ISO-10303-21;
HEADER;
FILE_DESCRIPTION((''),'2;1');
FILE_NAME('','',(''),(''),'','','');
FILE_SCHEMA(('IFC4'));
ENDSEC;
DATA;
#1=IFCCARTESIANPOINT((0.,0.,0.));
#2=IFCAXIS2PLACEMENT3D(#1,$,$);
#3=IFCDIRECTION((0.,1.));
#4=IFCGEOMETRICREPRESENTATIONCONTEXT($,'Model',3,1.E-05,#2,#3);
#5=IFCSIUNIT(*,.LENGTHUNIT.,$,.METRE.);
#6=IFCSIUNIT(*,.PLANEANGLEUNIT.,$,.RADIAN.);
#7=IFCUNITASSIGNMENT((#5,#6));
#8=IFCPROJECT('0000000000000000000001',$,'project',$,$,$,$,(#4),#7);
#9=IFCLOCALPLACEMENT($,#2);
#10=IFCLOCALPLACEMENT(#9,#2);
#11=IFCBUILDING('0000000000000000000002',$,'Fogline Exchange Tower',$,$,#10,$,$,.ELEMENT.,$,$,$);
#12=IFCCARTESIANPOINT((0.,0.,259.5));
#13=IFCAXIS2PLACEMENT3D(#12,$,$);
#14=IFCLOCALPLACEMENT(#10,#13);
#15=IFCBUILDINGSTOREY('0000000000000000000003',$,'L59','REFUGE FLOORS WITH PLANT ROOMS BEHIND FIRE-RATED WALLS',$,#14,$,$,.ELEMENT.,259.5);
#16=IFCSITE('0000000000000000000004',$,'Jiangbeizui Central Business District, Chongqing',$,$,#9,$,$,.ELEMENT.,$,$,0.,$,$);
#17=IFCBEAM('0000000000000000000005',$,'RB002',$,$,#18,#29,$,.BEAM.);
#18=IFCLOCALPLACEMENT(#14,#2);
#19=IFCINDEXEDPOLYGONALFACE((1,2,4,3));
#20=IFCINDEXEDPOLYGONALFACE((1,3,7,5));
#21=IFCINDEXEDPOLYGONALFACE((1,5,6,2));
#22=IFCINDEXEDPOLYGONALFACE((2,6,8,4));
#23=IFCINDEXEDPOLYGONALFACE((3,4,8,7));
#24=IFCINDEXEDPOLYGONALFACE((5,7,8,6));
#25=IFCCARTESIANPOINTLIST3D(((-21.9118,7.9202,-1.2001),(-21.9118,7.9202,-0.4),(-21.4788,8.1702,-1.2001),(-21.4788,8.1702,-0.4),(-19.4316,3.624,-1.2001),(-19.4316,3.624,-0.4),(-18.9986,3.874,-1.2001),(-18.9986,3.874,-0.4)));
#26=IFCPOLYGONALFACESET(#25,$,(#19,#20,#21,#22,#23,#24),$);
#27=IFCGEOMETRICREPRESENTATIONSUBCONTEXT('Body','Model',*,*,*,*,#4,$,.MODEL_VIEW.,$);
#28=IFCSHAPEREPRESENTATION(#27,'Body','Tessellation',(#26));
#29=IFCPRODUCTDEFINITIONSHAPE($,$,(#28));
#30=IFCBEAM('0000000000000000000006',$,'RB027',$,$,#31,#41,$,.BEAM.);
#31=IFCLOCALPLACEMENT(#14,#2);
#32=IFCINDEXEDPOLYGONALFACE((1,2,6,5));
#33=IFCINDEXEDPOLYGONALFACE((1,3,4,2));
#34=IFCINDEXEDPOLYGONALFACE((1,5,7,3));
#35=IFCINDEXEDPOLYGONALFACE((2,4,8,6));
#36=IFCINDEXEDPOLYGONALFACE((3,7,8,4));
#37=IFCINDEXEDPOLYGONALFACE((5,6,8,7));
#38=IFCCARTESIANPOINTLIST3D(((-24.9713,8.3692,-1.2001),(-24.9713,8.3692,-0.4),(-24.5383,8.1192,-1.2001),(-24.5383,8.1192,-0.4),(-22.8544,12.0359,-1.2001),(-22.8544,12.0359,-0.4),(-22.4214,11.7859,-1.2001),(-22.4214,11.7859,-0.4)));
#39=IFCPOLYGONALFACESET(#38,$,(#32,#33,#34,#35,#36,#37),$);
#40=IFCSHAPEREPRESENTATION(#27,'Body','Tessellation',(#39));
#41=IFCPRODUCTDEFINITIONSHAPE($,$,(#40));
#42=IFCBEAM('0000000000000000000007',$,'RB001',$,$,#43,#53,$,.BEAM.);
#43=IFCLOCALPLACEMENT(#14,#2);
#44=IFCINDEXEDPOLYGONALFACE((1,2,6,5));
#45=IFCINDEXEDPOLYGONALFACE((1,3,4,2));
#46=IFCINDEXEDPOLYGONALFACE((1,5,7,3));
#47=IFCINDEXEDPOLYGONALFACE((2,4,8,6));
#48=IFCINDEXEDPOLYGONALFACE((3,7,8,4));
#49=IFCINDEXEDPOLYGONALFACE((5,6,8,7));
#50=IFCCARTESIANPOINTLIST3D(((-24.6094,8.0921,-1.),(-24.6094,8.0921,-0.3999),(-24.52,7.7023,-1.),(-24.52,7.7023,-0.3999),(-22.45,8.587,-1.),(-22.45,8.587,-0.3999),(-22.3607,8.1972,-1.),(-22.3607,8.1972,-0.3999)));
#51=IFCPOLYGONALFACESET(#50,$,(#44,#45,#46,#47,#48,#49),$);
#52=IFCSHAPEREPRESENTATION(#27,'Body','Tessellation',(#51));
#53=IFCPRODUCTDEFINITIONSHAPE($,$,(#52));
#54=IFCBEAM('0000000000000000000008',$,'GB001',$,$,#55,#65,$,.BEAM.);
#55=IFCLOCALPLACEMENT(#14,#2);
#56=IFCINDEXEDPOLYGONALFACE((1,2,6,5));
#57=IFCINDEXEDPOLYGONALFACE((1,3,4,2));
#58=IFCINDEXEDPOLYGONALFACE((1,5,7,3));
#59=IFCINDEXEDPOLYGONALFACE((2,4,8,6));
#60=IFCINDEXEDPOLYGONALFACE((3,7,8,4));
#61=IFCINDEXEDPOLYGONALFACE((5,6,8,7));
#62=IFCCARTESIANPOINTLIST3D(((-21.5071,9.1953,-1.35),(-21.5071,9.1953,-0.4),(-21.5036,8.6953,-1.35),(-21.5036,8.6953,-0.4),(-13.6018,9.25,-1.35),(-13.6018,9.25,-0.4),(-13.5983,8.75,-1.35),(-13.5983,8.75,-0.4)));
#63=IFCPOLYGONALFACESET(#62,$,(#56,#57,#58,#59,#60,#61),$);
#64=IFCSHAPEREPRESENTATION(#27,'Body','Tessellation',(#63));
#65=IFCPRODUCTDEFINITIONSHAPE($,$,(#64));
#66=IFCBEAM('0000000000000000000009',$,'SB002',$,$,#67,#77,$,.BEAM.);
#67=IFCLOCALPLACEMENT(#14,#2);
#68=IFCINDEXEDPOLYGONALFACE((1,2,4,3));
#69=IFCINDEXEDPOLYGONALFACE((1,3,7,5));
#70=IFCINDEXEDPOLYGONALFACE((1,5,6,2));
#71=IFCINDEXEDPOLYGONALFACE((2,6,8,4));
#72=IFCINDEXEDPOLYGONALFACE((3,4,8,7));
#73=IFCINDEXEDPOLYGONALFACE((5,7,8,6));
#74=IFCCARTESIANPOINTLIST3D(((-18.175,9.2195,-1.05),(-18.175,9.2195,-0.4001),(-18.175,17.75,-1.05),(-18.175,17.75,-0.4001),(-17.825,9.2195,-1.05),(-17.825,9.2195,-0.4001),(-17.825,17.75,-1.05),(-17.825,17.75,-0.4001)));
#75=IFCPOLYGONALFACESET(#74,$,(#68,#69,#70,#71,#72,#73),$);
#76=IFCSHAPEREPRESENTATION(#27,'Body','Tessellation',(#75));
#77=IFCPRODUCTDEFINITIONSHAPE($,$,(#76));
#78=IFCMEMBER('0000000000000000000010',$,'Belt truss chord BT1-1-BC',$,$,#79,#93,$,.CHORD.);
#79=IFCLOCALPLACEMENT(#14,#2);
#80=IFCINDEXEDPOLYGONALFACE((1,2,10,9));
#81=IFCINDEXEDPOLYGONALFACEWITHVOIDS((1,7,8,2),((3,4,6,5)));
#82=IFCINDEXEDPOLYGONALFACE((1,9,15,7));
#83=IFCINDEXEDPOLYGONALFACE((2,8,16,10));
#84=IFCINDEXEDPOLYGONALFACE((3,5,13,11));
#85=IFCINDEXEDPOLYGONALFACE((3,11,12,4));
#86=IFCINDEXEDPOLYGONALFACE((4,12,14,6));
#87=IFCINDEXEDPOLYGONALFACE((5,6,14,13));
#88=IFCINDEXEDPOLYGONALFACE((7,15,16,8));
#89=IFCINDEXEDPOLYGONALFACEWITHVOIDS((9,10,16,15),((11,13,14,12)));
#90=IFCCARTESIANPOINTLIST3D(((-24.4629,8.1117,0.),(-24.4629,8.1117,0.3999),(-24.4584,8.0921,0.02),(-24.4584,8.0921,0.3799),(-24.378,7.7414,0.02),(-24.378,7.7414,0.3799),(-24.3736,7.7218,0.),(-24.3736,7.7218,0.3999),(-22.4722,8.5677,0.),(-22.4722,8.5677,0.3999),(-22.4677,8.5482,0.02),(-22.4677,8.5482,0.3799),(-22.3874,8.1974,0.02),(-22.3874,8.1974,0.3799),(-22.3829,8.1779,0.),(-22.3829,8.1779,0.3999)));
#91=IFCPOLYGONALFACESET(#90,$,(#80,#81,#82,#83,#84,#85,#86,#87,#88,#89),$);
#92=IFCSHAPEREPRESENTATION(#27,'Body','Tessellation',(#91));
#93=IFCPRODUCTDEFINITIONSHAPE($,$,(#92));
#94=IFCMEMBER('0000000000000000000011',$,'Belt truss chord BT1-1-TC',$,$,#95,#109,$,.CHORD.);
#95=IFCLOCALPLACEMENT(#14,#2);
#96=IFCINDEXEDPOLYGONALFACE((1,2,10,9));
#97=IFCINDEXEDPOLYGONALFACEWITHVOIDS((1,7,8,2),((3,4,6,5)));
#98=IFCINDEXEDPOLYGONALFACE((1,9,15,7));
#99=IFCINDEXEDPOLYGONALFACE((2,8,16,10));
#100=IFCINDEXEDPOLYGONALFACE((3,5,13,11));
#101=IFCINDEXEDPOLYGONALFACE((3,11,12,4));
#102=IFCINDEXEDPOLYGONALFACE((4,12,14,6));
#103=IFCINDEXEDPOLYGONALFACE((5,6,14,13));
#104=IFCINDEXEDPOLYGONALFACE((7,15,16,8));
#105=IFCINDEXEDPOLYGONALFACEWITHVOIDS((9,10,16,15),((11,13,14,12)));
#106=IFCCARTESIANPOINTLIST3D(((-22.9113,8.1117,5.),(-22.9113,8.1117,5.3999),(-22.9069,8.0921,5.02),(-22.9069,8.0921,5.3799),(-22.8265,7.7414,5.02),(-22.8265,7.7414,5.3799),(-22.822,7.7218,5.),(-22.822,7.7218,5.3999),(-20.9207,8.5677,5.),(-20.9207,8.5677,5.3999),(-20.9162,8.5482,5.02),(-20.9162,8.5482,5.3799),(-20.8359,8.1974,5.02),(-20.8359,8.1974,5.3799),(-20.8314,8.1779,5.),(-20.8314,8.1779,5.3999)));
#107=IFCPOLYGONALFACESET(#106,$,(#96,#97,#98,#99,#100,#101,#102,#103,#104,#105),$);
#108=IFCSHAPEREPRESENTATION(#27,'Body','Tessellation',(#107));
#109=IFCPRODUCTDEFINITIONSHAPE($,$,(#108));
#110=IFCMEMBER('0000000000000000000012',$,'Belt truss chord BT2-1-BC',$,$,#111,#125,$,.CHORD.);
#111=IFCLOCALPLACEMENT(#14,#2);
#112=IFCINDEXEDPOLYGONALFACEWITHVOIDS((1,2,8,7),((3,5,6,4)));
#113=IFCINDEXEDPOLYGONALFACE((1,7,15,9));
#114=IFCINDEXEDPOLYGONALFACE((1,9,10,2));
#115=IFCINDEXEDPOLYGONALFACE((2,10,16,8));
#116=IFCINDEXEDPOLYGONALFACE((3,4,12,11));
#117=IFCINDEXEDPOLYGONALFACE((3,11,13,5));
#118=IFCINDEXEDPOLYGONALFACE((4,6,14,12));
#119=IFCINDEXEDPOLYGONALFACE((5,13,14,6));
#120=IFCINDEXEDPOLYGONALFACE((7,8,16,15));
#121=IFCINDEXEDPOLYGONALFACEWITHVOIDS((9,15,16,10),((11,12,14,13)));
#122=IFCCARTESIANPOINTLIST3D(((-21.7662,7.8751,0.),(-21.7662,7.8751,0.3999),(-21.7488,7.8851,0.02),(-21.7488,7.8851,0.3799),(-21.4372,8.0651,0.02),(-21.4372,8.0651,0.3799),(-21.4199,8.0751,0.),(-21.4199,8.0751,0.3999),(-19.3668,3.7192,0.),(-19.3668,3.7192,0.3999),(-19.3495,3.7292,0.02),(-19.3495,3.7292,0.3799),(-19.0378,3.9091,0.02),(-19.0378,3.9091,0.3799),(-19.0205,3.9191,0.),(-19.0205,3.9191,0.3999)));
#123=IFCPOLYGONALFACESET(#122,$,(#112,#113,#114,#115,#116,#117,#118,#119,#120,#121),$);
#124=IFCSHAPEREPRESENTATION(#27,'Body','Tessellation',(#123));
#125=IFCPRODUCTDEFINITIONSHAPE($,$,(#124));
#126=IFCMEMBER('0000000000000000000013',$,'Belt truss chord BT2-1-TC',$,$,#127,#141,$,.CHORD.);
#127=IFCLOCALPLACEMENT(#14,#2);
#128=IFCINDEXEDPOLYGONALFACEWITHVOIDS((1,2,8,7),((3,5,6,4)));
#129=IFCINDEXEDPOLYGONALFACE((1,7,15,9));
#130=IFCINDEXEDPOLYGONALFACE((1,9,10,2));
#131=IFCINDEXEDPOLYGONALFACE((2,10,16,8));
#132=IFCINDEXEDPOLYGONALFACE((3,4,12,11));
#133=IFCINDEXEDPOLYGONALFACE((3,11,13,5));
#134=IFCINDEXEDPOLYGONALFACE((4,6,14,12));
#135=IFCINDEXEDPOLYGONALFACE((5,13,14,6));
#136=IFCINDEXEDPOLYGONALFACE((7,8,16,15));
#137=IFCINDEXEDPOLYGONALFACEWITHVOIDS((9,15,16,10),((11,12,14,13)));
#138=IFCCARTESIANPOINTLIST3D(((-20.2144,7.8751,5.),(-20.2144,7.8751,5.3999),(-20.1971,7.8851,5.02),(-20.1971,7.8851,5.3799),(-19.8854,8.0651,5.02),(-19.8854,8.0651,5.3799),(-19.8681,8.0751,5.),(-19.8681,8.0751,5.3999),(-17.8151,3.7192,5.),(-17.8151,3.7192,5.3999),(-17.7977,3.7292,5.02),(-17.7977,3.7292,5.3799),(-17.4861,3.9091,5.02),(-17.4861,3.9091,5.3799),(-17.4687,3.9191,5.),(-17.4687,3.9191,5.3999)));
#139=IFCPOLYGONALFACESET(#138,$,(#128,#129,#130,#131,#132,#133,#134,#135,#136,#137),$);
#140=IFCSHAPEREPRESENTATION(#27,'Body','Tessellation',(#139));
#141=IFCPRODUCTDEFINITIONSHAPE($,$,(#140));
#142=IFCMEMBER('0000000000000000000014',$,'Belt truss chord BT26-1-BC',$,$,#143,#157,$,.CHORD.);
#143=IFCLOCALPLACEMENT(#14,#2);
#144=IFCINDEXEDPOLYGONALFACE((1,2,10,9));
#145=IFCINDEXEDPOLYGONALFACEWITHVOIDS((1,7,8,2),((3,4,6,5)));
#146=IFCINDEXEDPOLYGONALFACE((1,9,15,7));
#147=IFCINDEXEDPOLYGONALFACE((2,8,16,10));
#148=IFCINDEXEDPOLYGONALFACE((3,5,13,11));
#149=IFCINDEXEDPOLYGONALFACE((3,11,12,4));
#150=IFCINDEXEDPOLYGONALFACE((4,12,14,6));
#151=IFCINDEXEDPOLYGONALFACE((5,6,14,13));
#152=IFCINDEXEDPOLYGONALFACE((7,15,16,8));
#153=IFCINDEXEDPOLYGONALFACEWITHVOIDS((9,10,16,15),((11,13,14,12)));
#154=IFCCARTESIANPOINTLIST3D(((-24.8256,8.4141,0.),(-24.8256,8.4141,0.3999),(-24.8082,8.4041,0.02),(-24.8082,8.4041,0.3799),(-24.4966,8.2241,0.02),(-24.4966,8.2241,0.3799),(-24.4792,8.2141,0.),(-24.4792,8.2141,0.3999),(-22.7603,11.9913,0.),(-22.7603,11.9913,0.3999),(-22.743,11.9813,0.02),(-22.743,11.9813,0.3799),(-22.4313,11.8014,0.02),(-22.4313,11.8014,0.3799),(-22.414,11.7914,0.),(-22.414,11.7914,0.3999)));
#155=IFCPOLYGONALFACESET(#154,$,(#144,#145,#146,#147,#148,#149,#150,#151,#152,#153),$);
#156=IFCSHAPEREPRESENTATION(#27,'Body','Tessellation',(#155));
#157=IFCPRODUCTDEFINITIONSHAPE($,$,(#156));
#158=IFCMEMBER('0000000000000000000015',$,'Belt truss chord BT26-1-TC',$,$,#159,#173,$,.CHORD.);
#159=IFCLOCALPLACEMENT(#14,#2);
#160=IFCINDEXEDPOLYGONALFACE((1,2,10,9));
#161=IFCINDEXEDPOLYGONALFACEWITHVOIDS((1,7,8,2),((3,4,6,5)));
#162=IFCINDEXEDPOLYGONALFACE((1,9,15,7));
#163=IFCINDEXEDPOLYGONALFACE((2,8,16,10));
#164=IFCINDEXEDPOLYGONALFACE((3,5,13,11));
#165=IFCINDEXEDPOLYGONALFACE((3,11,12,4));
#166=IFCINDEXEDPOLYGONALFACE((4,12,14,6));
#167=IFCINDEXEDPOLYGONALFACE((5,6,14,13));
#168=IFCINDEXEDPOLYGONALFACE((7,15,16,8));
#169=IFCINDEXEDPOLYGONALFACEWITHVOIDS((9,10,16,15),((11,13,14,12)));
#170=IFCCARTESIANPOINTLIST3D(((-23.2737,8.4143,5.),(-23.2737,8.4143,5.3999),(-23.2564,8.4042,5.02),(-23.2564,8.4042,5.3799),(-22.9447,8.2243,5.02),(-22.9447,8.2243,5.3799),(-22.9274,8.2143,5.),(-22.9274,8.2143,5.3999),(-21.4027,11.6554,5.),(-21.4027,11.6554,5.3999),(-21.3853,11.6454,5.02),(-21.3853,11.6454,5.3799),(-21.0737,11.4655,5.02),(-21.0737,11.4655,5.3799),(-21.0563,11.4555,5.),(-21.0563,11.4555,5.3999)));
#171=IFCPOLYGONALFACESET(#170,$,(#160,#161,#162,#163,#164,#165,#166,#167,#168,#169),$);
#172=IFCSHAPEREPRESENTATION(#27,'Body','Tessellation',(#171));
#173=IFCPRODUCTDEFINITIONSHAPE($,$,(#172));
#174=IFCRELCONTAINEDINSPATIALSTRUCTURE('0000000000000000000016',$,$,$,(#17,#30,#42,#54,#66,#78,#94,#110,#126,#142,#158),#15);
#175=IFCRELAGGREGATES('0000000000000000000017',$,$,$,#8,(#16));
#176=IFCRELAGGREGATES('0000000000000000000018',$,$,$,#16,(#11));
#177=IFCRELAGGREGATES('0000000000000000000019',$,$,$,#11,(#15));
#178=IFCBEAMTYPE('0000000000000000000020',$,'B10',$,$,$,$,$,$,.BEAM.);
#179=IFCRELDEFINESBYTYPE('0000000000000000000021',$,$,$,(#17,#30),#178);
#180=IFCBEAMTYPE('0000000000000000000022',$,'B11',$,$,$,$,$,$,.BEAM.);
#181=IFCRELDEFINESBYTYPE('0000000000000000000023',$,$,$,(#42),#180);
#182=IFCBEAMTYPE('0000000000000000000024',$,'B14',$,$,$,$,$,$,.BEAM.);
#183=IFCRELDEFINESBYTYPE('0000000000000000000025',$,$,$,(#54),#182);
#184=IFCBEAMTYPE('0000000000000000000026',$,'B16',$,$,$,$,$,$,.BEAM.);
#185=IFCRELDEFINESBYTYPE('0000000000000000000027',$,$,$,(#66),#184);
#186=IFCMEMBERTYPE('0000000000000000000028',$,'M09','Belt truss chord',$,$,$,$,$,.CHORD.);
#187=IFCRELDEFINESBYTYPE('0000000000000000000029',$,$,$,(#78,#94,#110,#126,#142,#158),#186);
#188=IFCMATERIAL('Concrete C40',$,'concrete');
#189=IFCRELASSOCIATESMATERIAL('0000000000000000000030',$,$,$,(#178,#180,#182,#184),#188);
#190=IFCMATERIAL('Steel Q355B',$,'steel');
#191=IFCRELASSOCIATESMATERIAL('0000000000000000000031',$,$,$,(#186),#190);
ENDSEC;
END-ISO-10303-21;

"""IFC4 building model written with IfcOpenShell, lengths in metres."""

from ifc_helpers import new_model, si_unit, direction, frame, origin, origin_2d, place, context, subcontext, project, spatial, rectangle, hollow_rectangle, extrude, material, material_profile, profile_set, type_object, element, save


model = new_model("IFC4")

# Units and contexts
model_context = context("Model", 3, precision=1e-05, world=origin(), true_north=direction((0.0, 1.0)))
body_context = subcontext(model_context, "Body", "Model", "MODEL_VIEW")
ifc_project = project(units=[si_unit("LENGTHUNIT", "METRE"), si_unit("PLANEANGLEUNIT", "RADIAN")], contexts=[model_context])

# Site, building, storey
site_placement = place(None, origin())
site = spatial("IfcSite", under=ifc_project, at=site_placement, Name="Jiangbeizui Central Business District, Chongqing", CompositionType="ELEMENT", RefElevation=0.0)
building_placement = place(site_placement, origin())
building = spatial("IfcBuilding", under=site, at=building_placement, Name="Fogline Exchange Tower", CompositionType="ELEMENT")
storey_placement = place(building_placement, frame((0.0, 0.0, 259.5)))
storey = spatial("IfcBuildingStorey", under=building, at=storey_placement, Name="L59", Description="REFUGE FLOORS WITH PLANT ROOMS BEHIND FIRE-RATED WALLS", CompositionType="ELEMENT", Elevation=259.5)

# Beams
ifc_material_1 = material(Name="Concrete C40", Category="concrete")
ifc_material_profile_1 = material_profile(ifc_material_1, rectangle(XDim=0.5, YDim=0.8, at=origin_2d()), Name="RC 500x800")
ifc_profile_set_1 = profile_set([ifc_material_profile_1], Name="Concrete C40")
beam_type_1 = type_object("IfcBeamType", Name="B10", PredefinedType="BEAM", material=ifc_profile_set_1)
beam_1_placement = place(storey_placement, frame((-21.6953, 8.0452, -0.8), z_axis=(0.499977, -0.866039, 0.0), x_axis=(0.866039, 0.499977, 0.0)))
element("IfcBeam", 1, at=beam_1_placement, inside=storey, type_object=beam_type_1, Name="RB002", PredefinedType="BEAM", context=body_context, shape_type="SweptSolid", body=[
    extrude(rectangle(XDim=0.5, YDim=0.8, at=origin_2d()), origin(), (0.0, 0.0, 1.0), 4.9607),
])
beam_2_placement = place(storey_placement, frame((-22.6379, 11.9109, -0.8), z_axis=(-0.49999, -0.866031, 0.0), x_axis=(0.866031, -0.49999, 0.0)))
element("IfcBeam", 2, at=beam_2_placement, inside=storey, type_object=beam_type_1, Name="RB027", PredefinedType="BEAM", context=body_context, shape_type="SweptSolid", body=[
    extrude(rectangle(XDim=0.5, YDim=0.8, at=origin_2d()), origin(), (0.0, 0.0, 1.0), 4.2339),
])
ifc_material_profile_2 = material_profile(ifc_material_1, rectangle(XDim=0.3999, YDim=0.6001, at=origin_2d()), Name="RC 400x600")
ifc_profile_set_2 = profile_set([ifc_material_profile_2], Name="Concrete C40")
beam_type_2 = type_object("IfcBeamType", Name="B11", PredefinedType="BEAM", material=ifc_profile_set_2)
beam_3_placement = place(storey_placement, frame((-24.5647, 7.8972, -0.7), z_axis=(0.974732, 0.223378, 0.0), x_axis=(-0.223378, 0.974732, 0.0)))
element("IfcBeam", 3, at=beam_3_placement, inside=storey, type_object=beam_type_2, Name="RB001", PredefinedType="BEAM", context=body_context, shape_type="SweptSolid", body=[
    extrude(rectangle(XDim=0.3999, YDim=0.6001, at=origin_2d()), origin(), (0.0, 0.0, 1.0), 2.2153),
])
ifc_material_profile_3 = material_profile(ifc_material_1, rectangle(XDim=0.5, YDim=0.95, at=origin_2d()), Name="RC 500x950")
ifc_profile_set_3 = profile_set([ifc_material_profile_3], Name="Concrete C40")
beam_type_3 = type_object("IfcBeamType", Name="B14", PredefinedType="BEAM", material=ifc_profile_set_3)
beam_4_placement = place(storey_placement, frame((-21.5054, 8.9453, -0.875), z_axis=(0.999976, 0.006918, 0.0), x_axis=(-0.006918, 0.999976, 0.0)))
element("IfcBeam", 4, at=beam_4_placement, inside=storey, type_object=beam_type_3, Name="GB001", PredefinedType="BEAM", context=body_context, shape_type="SweptSolid", body=[
    extrude(rectangle(XDim=0.5, YDim=0.95, at=origin_2d()), origin(), (0.0, 0.0, 1.0), 7.9055),
])
ifc_material_profile_4 = material_profile(ifc_material_1, rectangle(XDim=0.3501, YDim=0.6499, at=origin_2d()), Name="RC 350x650")
ifc_profile_set_4 = profile_set([ifc_material_profile_4], Name="Concrete C40")
beam_type_4 = type_object("IfcBeamType", Name="B16", PredefinedType="BEAM", material=ifc_profile_set_4)
beam_5_placement = place(storey_placement, frame((-18.0, 9.2195, -0.7251), z_axis=(0.0, 1.0, 0.0), x_axis=(-1.0, 0.0, 0.0)))
element("IfcBeam", 5, at=beam_5_placement, inside=storey, type_object=beam_type_4, Name="SB002", PredefinedType="BEAM", context=body_context, shape_type="SweptSolid", body=[
    extrude(rectangle(XDim=0.3501, YDim=0.6499, at=origin_2d()), origin(), (0.0, 0.0, 1.0), 8.5305),
])

# Members
ifc_material_2 = material(Name="Steel Q355B", Category="steel")
ifc_material_profile_5 = material_profile(ifc_material_2, hollow_rectangle(XDim=0.3999, YDim=0.3999, WallThickness=0.02, at=origin_2d()), Name="BOX400X400X20")
ifc_profile_set_5 = profile_set([ifc_material_profile_5], Name="Steel Q355B")
member_type_1 = type_object("IfcMemberType", Name="M09", Description="Belt truss chord", PredefinedType="CHORD", material=ifc_profile_set_5)
for number, where, z_axis, x_axis, name in (
    (6, (-24.4182, 7.9167, 0.2), (0.974749, 0.223305, 0.0), (-0.223305, 0.974749, 0.0), "Belt truss chord BT1-1-BC"),
    (7, (-22.8667, 7.9167, 5.2), (0.974749, 0.223305, 0.0), (-0.223305, 0.974749, 0.0), "Belt truss chord BT1-1-TC"),
):
    element("IfcMember", number, at=place(storey_placement, frame(where, z_axis=z_axis, x_axis=x_axis)), inside=storey, type_object=member_type_1, Name=name, PredefinedType="CHORD", context=body_context, shape_type="SweptSolid", body=[
        extrude(hollow_rectangle(XDim=0.3999, YDim=0.3999, WallThickness=0.02, at=origin_2d()), origin(), (0.0, 0.0, 1.0), 2.0422),
    ])
for number, where, z_axis, x_axis, name in (
    (8, (-21.593, 7.9751, 0.2), (0.499991, -0.866031, 0.0), (0.866031, 0.499991, 0.0), "Belt truss chord BT2-1-BC"),
    (9, (-20.0413, 7.9751, 5.2), (0.499991, -0.866031, 0.0), (0.866031, 0.499991, 0.0), "Belt truss chord BT2-1-TC"),
):
    element("IfcMember", number, at=place(storey_placement, frame(where, z_axis=z_axis, x_axis=x_axis)), inside=storey, type_object=member_type_1, Name=name, PredefinedType="CHORD", context=body_context, shape_type="SweptSolid", body=[
        extrude(hollow_rectangle(XDim=0.3999, YDim=0.3999, WallThickness=0.02, at=origin_2d()), origin(), (0.0, 0.0, 1.0), 4.7988),
    ])
member_1_placement = place(storey_placement, frame((-22.5872, 11.8914, 0.2), z_axis=(-0.499985, -0.866034, 0.0), x_axis=(0.866034, -0.499985, 0.0)))
element("IfcMember", 10, at=member_1_placement, inside=storey, type_object=member_type_1, Name="Belt truss chord BT26-1-BC", PredefinedType="CHORD", context=body_context, shape_type="SweptSolid", body=[
    extrude(hollow_rectangle(XDim=0.3999, YDim=0.3999, WallThickness=0.02, at=origin_2d()), origin(), (0.0, 0.0, 1.0), 4.1306),
])
member_2_placement = place(storey_placement, frame((-21.2295, 11.5554, 5.2), z_axis=(-0.499956, -0.866051, 0.0), x_axis=(0.866051, -0.499956, 0.0)))
element("IfcMember", 11, at=member_2_placement, inside=storey, type_object=member_type_1, Name="Belt truss chord BT26-1-TC", PredefinedType="CHORD", context=body_context, shape_type="SweptSolid", body=[
    extrude(hollow_rectangle(XDim=0.3999, YDim=0.3999, WallThickness=0.02, at=origin_2d()), origin(), (0.0, 0.0, 1.0), 3.7424),
])

save(model, "model.ifc")
